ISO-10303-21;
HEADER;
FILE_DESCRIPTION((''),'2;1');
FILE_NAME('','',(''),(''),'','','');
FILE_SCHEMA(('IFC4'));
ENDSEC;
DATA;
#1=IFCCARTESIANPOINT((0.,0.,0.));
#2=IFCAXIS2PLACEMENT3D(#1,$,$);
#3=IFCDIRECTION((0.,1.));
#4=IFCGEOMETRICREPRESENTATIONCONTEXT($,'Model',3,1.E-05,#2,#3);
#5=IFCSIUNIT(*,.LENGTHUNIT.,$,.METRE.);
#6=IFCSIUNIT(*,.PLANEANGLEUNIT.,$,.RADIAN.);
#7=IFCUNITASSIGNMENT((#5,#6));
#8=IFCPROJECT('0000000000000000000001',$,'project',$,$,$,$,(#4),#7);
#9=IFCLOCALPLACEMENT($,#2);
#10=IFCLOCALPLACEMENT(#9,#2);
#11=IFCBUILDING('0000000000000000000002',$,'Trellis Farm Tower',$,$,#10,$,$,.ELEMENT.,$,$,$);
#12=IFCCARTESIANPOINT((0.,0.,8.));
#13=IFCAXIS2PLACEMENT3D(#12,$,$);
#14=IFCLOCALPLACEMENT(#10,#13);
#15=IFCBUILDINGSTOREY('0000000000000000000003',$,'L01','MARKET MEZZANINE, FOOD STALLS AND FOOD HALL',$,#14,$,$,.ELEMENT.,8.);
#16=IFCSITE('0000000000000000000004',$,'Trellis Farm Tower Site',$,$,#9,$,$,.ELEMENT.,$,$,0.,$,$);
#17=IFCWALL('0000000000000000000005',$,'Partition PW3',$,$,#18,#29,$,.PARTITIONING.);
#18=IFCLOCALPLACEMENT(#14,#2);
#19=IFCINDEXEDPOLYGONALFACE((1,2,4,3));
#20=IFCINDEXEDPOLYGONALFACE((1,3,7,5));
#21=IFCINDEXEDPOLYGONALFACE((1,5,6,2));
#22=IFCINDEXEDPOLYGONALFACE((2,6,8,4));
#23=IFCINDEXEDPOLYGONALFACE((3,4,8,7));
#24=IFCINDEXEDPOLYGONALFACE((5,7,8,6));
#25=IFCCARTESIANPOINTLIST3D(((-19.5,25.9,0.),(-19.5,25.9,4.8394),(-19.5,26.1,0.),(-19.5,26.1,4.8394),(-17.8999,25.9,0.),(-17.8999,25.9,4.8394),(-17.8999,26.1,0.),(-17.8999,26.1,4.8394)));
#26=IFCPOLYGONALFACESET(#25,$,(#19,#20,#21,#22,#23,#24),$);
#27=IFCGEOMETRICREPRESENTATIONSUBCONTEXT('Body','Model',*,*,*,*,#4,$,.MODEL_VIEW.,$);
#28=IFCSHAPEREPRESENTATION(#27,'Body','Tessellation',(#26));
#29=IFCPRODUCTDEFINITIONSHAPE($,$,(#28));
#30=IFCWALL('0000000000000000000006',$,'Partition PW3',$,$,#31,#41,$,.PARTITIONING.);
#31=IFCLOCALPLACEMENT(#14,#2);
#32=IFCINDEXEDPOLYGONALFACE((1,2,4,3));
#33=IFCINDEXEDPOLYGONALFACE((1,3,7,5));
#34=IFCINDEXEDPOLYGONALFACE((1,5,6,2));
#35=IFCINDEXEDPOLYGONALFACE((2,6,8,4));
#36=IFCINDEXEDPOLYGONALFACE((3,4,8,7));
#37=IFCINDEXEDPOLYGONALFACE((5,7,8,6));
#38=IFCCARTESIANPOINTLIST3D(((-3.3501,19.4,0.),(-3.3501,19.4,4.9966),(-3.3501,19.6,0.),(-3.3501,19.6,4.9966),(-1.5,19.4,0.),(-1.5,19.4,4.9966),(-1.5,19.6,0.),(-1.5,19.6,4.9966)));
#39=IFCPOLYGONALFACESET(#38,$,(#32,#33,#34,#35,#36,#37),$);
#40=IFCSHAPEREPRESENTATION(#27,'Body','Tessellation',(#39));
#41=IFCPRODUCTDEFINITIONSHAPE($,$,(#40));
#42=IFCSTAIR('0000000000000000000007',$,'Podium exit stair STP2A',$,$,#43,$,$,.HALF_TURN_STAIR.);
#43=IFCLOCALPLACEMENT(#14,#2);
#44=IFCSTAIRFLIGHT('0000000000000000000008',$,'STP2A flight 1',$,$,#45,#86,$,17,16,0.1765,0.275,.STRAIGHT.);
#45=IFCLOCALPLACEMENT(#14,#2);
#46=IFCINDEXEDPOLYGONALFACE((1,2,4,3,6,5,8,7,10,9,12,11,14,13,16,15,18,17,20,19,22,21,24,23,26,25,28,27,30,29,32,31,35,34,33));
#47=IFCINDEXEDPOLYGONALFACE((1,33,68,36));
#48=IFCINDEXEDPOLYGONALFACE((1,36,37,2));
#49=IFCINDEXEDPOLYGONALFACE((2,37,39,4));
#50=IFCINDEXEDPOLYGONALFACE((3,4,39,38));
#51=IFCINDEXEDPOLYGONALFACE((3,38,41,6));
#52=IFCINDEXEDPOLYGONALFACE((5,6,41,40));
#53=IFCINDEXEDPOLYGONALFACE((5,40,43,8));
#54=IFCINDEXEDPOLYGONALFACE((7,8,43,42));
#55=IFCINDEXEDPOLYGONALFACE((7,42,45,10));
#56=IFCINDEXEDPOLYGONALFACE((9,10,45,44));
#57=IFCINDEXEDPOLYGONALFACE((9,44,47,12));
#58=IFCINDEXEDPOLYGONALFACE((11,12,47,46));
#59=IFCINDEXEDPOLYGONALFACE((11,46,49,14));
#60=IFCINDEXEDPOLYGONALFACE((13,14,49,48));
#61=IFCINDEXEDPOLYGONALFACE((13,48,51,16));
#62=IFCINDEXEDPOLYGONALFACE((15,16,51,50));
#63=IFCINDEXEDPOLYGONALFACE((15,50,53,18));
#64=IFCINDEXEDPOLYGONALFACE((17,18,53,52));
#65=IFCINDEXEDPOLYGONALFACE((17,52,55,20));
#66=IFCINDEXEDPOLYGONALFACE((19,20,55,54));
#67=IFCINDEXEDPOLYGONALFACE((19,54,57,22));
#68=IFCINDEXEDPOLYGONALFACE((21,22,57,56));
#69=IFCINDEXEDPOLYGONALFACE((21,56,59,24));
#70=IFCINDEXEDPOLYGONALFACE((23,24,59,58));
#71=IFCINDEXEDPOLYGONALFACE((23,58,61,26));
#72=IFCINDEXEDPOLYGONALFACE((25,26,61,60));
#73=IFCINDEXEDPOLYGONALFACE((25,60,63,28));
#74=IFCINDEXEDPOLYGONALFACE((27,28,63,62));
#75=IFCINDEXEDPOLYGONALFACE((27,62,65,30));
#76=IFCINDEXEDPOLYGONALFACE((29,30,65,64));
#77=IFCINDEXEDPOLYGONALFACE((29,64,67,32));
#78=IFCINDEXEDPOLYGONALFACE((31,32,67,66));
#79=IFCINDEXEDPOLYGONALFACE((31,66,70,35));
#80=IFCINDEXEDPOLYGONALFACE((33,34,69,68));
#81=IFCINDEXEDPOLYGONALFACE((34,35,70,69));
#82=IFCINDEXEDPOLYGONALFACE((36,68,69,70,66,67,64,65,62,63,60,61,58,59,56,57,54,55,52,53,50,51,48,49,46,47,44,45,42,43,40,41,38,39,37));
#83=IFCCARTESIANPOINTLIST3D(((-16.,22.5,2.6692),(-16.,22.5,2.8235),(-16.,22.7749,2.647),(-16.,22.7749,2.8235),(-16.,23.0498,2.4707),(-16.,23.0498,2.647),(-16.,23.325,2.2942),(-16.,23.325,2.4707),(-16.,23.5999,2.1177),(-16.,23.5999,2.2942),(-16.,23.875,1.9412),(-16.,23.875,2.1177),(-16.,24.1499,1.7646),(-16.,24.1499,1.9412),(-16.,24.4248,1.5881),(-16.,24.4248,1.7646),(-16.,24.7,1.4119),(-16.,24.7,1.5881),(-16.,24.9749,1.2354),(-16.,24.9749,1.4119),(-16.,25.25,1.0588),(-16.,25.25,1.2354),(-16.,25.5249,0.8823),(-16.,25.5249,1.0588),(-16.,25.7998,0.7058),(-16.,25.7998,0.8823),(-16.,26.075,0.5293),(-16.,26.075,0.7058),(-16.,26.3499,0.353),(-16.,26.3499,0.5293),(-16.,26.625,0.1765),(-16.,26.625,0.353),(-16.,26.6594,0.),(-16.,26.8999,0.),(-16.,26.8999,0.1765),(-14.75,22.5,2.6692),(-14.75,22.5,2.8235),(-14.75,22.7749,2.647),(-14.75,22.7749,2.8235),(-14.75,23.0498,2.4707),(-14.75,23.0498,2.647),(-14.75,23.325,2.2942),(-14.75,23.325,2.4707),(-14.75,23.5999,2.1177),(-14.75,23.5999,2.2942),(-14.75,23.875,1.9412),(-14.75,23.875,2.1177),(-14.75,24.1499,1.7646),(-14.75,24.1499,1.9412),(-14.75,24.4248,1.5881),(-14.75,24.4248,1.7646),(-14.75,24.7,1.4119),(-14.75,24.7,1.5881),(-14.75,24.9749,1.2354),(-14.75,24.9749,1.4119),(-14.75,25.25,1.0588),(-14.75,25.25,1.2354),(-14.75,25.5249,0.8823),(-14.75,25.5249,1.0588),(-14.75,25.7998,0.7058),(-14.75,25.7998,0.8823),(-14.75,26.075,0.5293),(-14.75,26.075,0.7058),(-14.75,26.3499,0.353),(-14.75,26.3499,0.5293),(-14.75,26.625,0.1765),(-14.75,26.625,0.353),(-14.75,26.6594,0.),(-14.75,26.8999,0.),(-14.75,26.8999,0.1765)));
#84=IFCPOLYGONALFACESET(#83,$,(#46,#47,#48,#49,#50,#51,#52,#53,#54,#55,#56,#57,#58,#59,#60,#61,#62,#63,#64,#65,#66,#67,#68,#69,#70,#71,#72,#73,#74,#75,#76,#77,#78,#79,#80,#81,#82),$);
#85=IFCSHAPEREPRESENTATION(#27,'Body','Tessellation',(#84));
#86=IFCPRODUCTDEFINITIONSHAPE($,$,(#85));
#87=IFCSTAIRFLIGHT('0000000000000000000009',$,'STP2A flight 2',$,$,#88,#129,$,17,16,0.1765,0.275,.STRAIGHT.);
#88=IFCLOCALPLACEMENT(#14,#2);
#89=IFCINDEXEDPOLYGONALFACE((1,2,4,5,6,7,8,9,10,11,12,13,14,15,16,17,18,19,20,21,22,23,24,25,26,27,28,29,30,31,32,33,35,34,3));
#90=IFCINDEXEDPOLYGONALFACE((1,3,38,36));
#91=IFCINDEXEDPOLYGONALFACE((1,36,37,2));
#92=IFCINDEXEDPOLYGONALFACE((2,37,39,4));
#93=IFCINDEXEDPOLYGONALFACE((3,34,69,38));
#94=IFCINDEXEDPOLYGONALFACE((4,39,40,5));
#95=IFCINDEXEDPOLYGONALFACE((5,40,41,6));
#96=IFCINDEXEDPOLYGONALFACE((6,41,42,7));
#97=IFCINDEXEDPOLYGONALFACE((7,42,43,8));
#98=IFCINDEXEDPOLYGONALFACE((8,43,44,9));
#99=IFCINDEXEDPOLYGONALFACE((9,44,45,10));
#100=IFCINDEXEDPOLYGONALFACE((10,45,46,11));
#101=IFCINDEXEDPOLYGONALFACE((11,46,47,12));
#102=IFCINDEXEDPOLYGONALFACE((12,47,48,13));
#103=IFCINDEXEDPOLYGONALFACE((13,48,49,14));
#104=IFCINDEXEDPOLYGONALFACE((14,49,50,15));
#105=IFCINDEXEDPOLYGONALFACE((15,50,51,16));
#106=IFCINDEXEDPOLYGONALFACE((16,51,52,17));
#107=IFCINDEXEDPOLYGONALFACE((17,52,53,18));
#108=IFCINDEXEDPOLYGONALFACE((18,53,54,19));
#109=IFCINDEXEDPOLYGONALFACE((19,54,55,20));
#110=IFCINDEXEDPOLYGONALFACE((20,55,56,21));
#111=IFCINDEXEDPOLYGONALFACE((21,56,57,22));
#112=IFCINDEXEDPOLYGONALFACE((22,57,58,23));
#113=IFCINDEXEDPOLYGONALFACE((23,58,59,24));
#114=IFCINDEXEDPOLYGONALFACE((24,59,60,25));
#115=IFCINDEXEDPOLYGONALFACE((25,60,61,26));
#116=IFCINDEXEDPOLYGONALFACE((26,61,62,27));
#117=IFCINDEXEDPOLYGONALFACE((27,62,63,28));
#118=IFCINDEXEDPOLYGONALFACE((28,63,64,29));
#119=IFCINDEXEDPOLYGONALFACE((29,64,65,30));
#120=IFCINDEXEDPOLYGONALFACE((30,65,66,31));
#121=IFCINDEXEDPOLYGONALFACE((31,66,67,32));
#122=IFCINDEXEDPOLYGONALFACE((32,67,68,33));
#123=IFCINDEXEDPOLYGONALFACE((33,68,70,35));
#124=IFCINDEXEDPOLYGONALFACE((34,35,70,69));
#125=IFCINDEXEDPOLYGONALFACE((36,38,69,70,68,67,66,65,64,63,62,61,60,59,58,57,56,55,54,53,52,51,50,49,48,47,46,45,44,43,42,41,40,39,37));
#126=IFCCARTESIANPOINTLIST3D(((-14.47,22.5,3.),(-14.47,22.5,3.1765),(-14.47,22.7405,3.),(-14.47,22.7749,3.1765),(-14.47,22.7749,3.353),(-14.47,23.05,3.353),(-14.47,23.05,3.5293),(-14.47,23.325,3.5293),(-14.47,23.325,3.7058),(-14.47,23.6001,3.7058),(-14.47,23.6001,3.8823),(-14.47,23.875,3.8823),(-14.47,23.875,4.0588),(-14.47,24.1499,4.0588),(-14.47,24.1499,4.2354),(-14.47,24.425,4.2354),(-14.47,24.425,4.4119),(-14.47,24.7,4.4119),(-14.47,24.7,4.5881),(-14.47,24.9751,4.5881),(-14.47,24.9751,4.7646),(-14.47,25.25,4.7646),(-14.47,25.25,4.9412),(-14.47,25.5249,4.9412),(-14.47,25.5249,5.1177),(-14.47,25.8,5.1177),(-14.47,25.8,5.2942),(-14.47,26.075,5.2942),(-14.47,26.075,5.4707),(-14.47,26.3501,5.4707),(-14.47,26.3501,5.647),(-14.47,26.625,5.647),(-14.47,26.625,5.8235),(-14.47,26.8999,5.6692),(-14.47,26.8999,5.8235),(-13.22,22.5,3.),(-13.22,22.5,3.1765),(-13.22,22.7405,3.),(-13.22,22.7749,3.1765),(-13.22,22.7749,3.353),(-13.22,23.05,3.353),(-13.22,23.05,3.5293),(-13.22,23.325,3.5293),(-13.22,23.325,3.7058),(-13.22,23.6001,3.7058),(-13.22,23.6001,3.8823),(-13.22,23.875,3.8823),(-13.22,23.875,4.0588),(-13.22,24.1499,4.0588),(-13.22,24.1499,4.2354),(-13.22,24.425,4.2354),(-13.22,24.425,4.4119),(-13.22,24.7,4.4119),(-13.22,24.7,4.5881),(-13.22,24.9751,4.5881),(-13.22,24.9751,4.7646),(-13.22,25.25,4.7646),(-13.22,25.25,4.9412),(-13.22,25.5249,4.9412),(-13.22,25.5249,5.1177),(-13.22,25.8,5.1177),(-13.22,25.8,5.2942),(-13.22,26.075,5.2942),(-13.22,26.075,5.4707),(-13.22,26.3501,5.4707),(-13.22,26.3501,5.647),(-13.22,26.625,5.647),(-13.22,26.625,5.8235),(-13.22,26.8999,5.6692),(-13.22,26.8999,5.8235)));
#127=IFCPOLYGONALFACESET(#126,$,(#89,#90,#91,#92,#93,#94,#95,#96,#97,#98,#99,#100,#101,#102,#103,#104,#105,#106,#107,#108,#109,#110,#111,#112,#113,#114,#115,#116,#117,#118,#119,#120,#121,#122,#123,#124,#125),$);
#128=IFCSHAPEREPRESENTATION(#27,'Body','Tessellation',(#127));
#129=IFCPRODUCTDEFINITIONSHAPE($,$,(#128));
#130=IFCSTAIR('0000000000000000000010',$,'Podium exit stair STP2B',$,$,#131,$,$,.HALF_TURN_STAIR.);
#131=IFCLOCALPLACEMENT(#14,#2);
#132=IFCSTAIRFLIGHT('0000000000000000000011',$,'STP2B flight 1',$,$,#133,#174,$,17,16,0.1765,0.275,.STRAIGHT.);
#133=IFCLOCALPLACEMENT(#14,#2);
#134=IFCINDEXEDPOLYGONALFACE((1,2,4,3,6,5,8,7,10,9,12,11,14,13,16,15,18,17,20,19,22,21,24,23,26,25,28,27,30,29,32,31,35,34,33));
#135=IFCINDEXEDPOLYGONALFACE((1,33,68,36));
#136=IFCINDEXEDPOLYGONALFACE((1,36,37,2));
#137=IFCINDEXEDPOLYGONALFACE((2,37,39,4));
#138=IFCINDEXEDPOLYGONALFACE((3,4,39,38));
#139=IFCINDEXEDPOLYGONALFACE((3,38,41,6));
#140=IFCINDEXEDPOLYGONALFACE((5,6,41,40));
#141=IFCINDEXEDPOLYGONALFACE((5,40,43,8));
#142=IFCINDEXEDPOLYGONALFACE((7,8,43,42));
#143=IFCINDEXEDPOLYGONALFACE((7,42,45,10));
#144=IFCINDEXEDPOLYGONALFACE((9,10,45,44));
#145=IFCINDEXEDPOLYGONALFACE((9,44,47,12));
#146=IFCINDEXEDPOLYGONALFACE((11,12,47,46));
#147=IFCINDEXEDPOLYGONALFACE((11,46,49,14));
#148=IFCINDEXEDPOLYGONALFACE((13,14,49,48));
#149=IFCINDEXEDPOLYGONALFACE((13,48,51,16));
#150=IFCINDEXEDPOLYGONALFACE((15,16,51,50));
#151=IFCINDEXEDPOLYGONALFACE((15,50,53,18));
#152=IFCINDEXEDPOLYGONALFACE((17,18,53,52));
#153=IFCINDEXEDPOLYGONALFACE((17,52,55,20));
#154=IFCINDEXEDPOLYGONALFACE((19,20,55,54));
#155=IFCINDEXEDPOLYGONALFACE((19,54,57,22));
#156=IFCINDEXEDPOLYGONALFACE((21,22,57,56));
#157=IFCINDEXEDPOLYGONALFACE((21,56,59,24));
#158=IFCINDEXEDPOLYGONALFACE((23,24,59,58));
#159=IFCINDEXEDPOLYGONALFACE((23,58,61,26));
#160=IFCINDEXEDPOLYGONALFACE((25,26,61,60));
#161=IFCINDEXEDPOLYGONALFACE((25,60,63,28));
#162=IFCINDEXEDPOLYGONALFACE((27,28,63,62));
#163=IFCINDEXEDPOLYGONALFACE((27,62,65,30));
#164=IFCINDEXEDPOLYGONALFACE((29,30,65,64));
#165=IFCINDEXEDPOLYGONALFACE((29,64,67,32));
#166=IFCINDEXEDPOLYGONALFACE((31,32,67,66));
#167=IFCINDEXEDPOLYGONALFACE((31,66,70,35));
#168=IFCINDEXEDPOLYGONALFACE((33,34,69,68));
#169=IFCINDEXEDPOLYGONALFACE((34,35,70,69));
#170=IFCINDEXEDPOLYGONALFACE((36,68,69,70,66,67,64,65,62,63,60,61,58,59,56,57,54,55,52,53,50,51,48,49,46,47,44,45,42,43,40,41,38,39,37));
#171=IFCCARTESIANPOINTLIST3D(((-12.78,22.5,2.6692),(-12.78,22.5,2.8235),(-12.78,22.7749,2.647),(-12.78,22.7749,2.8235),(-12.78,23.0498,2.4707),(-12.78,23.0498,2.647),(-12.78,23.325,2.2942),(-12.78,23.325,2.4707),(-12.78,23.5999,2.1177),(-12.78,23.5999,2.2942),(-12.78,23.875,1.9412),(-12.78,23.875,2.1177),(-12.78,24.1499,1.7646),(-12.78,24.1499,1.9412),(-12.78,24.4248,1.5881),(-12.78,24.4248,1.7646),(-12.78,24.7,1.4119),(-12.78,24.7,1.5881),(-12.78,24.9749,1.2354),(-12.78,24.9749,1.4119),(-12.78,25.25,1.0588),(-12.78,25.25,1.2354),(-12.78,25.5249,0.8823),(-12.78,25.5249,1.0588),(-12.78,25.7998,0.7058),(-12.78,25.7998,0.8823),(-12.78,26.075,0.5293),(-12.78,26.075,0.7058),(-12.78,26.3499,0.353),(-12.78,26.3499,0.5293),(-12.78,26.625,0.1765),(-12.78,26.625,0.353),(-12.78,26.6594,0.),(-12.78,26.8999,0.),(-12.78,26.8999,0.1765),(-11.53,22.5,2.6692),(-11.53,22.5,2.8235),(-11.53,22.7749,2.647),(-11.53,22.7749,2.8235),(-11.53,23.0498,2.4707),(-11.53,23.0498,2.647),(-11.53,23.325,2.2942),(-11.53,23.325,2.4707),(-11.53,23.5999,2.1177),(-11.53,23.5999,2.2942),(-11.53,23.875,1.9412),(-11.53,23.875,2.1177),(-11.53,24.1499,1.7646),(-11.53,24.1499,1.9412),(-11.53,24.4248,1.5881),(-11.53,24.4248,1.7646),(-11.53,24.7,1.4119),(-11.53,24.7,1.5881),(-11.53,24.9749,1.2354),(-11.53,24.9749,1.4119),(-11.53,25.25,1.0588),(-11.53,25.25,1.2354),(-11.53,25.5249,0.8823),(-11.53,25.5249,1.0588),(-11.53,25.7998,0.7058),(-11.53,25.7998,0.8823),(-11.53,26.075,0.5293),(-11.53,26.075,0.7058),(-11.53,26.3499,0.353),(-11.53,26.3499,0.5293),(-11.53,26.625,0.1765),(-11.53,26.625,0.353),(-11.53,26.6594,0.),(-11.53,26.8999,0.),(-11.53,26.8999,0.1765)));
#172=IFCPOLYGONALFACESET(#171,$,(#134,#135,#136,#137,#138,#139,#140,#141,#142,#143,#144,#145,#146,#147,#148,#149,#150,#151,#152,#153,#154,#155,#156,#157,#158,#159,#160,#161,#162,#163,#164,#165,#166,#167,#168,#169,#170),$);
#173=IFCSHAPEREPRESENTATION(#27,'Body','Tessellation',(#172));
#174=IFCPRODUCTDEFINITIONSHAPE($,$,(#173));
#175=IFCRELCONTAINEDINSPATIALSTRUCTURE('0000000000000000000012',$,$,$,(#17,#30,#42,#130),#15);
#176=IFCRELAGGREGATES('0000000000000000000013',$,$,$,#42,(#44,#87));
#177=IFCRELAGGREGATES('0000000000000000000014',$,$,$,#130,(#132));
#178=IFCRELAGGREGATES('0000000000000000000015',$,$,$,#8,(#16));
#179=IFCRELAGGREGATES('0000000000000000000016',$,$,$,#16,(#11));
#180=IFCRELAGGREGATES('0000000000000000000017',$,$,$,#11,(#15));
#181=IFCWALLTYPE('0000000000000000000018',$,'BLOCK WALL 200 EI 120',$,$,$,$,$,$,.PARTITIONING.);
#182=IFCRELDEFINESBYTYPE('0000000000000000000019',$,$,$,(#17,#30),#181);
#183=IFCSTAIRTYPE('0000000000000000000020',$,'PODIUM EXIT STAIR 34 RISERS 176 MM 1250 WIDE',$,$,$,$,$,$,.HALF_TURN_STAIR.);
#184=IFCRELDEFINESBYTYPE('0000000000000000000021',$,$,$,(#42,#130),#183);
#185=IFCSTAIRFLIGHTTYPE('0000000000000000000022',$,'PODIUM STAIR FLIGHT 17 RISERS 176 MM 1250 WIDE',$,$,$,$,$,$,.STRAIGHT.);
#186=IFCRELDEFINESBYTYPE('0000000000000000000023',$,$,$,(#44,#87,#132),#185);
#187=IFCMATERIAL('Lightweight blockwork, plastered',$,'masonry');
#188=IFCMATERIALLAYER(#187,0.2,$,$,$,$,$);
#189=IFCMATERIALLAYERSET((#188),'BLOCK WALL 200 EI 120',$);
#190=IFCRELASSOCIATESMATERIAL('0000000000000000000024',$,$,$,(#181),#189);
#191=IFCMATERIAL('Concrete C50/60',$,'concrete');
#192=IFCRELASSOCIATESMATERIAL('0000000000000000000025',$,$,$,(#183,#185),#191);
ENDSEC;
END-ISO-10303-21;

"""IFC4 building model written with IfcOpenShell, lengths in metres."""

from ifc_helpers import new_model, si_unit, direction, frame, frame_2d, origin, place, context, subcontext, project, spatial, polyline, rectangle, outline, extrude, source, transform, mapped, material, layer, layer_set, type_object, element, aggregate, save


model = new_model("IFC4")

# Units and contexts
model_context = context("Model", 3, precision=1e-05, world=origin(), true_north=direction((0.0, 1.0)))
body_context = subcontext(model_context, "Body", "Model", "MODEL_VIEW")
ifc_project = project(units=[si_unit("LENGTHUNIT", "METRE"), si_unit("PLANEANGLEUNIT", "RADIAN")], contexts=[model_context])

# Site, building, storey
site_placement = place(None, origin())
site = spatial("IfcSite", under=ifc_project, at=site_placement, Name="Trellis Farm Tower Site", CompositionType="ELEMENT", RefElevation=0.0)
building_placement = place(site_placement, origin())
building = spatial("IfcBuilding", under=site, at=building_placement, Name="Trellis Farm Tower", CompositionType="ELEMENT")
storey_placement = place(building_placement, frame((0.0, 0.0, 8.0)))
storey = spatial("IfcBuildingStorey", under=building, at=storey_placement, Name="L01", Description="MARKET MEZZANINE, FOOD STALLS AND FOOD HALL", CompositionType="ELEMENT", Elevation=8.0)

# Walls
ifc_material_1 = material(Name="Lightweight blockwork, plastered", Category="masonry")
ifc_layer_1 = layer(ifc_material_1, 0.2)
ifc_layer_set_1 = layer_set([ifc_layer_1], Name="BLOCK WALL 200 EI 120")
wall_type_1 = type_object("IfcWallType", Name="BLOCK WALL 200 EI 120", PredefinedType="PARTITIONING", material=ifc_layer_set_1)
shared_shape_1 = source(origin(), body_context, "Body", "SweptSolid", [
    extrude(rectangle(XDim=1.6001, YDim=0.2, at=frame_2d((0.8, 0.0))), origin(), (0.0, 0.0, 1.0), 4.8394),
])
wall_1_placement = place(storey_placement, frame((-17.8999, 26.0, 0.0), z_axis=(0.0, 0.0, 1.0), x_axis=(-1.0, 0.0, 0.0)))
element("IfcWall", 1, at=wall_1_placement, inside=storey, type_object=wall_type_1, Name="Partition PW3", PredefinedType="PARTITIONING", context=body_context, shape_type="MappedRepresentation", body=[
    mapped(shared_shape_1, transform((0.0, 0.0, 0.0))),
])
shared_shape_2 = source(origin(), body_context, "Body", "SweptSolid", [
    extrude(rectangle(XDim=1.8501, YDim=0.2, at=frame_2d((0.925, 0.0))), origin(), (0.0, 0.0, 1.0), 4.9966),
])
wall_2_placement = place(storey_placement, frame((-1.5, 19.5, 0.0), z_axis=(0.0, 0.0, 1.0), x_axis=(-1.0, 0.0, 0.0)))
element("IfcWall", 2, at=wall_2_placement, inside=storey, type_object=wall_type_1, Name="Partition PW3", PredefinedType="PARTITIONING", context=body_context, shape_type="MappedRepresentation", body=[
    mapped(shared_shape_2, transform((0.0, 0.0, 0.0))),
])

# Stairs, stair flights
ifc_material_2 = material(Name="Concrete C50/60", Category="concrete")
stair_type = type_object("IfcStairType", Name="PODIUM EXIT STAIR 34 RISERS 176 MM 1250 WIDE", PredefinedType="HALF_TURN_STAIR", material=ifc_material_2)
placement = place(storey_placement, origin())
stair_1 = element("IfcStair", 3, at=placement, inside=storey, type_object=stair_type, Name="Podium exit stair STP2A", PredefinedType="HALF_TURN_STAIR")
stair_flight_type = type_object("IfcStairFlightType", Name="PODIUM STAIR FLIGHT 17 RISERS 176 MM 1250 WIDE", PredefinedType="STRAIGHT", material=ifc_material_2)
shared_shape_3 = source(origin(), body_context, "Body", "SweptSolid", [
    extrude(outline(polyline([(0.0, 0.0), (0.0, 0.1765), (0.2749, 0.1765), (0.2749, 0.353), (0.55, 0.353), (0.55, 0.5293), (0.825, 0.5293), (0.825, 0.7058), (1.1001, 0.7058), (1.1001, 0.8823), (1.375, 0.8823), (1.375, 1.0588), (1.6499, 1.0588), (1.6499, 1.2354), (1.925, 1.2354), (1.925, 1.4119), (2.2, 1.4119), (2.2, 1.5881), (2.4751, 1.5881), (2.4751, 1.7646), (2.75, 1.7646), (2.75, 1.9412), (3.0249, 1.9412), (3.0249, 2.1177), (3.3, 2.1177), (3.3, 2.2942), (3.575, 2.2942), (3.575, 2.4707), (3.8501, 2.4707), (3.8501, 2.647), (4.125, 2.647), (4.125, 2.8235), (4.3999, 2.8235), (4.3999, 3.0), (4.3999, 2.6692), (0.2405, 0.0), (0.0, 0.0)])), frame((0.0, 0.625, 0.0), z_axis=(0.0, -1.0, 0.0), x_axis=(1.0, 0.0, 0.0)), (0.0, 0.0, 1.0), 1.25),
])
stair_flight_1_placement = place(storey_placement, frame((-15.375, 26.8999, 0.0), z_axis=(0.0, 0.0, 1.0), x_axis=(0.0, -1.0, 0.0)))
stair_flight_1 = element("IfcStairFlight", 4, at=stair_flight_1_placement, type_object=stair_flight_type, Name="STP2A flight 1", NumberOfRisers=17, NumberOfTreads=16, PredefinedType="STRAIGHT", RiserHeight=0.1765, TreadLength=0.275, context=body_context, shape_type="MappedRepresentation", body=[
    mapped(shared_shape_3, transform((0.0, 0.0, 0.0))),
])
stair_flight_2_placement = place(storey_placement, frame((-13.845, 22.5, 3.0), z_axis=(0.0, 0.0, 1.0), x_axis=(0.0, 1.0, 0.0)))
stair_flight_2 = element("IfcStairFlight", 5, at=stair_flight_2_placement, type_object=stair_flight_type, Name="STP2A flight 2", NumberOfRisers=17, NumberOfTreads=16, PredefinedType="STRAIGHT", RiserHeight=0.1765, TreadLength=0.275, context=body_context, shape_type="MappedRepresentation", body=[
    mapped(shared_shape_3, transform((0.0, 0.0, 0.0))),
])
aggregate(stair_1, [stair_flight_1, stair_flight_2])
stair_2 = element("IfcStair", 6, at=placement, inside=storey, type_object=stair_type, Name="Podium exit stair STP2B", PredefinedType="HALF_TURN_STAIR")
stair_flight_3_placement = place(storey_placement, frame((-12.155, 26.8999, 0.0), z_axis=(0.0, 0.0, 1.0), x_axis=(0.0, -1.0, 0.0)))
stair_flight_3 = element("IfcStairFlight", 7, at=stair_flight_3_placement, type_object=stair_flight_type, Name="STP2B flight 1", NumberOfRisers=17, NumberOfTreads=16, PredefinedType="STRAIGHT", RiserHeight=0.1765, TreadLength=0.275, context=body_context, shape_type="MappedRepresentation", body=[
    mapped(shared_shape_3, transform((0.0, 0.0, 0.0))),
])
aggregate(stair_2, [stair_flight_3])

save(model, "model.ifc")
